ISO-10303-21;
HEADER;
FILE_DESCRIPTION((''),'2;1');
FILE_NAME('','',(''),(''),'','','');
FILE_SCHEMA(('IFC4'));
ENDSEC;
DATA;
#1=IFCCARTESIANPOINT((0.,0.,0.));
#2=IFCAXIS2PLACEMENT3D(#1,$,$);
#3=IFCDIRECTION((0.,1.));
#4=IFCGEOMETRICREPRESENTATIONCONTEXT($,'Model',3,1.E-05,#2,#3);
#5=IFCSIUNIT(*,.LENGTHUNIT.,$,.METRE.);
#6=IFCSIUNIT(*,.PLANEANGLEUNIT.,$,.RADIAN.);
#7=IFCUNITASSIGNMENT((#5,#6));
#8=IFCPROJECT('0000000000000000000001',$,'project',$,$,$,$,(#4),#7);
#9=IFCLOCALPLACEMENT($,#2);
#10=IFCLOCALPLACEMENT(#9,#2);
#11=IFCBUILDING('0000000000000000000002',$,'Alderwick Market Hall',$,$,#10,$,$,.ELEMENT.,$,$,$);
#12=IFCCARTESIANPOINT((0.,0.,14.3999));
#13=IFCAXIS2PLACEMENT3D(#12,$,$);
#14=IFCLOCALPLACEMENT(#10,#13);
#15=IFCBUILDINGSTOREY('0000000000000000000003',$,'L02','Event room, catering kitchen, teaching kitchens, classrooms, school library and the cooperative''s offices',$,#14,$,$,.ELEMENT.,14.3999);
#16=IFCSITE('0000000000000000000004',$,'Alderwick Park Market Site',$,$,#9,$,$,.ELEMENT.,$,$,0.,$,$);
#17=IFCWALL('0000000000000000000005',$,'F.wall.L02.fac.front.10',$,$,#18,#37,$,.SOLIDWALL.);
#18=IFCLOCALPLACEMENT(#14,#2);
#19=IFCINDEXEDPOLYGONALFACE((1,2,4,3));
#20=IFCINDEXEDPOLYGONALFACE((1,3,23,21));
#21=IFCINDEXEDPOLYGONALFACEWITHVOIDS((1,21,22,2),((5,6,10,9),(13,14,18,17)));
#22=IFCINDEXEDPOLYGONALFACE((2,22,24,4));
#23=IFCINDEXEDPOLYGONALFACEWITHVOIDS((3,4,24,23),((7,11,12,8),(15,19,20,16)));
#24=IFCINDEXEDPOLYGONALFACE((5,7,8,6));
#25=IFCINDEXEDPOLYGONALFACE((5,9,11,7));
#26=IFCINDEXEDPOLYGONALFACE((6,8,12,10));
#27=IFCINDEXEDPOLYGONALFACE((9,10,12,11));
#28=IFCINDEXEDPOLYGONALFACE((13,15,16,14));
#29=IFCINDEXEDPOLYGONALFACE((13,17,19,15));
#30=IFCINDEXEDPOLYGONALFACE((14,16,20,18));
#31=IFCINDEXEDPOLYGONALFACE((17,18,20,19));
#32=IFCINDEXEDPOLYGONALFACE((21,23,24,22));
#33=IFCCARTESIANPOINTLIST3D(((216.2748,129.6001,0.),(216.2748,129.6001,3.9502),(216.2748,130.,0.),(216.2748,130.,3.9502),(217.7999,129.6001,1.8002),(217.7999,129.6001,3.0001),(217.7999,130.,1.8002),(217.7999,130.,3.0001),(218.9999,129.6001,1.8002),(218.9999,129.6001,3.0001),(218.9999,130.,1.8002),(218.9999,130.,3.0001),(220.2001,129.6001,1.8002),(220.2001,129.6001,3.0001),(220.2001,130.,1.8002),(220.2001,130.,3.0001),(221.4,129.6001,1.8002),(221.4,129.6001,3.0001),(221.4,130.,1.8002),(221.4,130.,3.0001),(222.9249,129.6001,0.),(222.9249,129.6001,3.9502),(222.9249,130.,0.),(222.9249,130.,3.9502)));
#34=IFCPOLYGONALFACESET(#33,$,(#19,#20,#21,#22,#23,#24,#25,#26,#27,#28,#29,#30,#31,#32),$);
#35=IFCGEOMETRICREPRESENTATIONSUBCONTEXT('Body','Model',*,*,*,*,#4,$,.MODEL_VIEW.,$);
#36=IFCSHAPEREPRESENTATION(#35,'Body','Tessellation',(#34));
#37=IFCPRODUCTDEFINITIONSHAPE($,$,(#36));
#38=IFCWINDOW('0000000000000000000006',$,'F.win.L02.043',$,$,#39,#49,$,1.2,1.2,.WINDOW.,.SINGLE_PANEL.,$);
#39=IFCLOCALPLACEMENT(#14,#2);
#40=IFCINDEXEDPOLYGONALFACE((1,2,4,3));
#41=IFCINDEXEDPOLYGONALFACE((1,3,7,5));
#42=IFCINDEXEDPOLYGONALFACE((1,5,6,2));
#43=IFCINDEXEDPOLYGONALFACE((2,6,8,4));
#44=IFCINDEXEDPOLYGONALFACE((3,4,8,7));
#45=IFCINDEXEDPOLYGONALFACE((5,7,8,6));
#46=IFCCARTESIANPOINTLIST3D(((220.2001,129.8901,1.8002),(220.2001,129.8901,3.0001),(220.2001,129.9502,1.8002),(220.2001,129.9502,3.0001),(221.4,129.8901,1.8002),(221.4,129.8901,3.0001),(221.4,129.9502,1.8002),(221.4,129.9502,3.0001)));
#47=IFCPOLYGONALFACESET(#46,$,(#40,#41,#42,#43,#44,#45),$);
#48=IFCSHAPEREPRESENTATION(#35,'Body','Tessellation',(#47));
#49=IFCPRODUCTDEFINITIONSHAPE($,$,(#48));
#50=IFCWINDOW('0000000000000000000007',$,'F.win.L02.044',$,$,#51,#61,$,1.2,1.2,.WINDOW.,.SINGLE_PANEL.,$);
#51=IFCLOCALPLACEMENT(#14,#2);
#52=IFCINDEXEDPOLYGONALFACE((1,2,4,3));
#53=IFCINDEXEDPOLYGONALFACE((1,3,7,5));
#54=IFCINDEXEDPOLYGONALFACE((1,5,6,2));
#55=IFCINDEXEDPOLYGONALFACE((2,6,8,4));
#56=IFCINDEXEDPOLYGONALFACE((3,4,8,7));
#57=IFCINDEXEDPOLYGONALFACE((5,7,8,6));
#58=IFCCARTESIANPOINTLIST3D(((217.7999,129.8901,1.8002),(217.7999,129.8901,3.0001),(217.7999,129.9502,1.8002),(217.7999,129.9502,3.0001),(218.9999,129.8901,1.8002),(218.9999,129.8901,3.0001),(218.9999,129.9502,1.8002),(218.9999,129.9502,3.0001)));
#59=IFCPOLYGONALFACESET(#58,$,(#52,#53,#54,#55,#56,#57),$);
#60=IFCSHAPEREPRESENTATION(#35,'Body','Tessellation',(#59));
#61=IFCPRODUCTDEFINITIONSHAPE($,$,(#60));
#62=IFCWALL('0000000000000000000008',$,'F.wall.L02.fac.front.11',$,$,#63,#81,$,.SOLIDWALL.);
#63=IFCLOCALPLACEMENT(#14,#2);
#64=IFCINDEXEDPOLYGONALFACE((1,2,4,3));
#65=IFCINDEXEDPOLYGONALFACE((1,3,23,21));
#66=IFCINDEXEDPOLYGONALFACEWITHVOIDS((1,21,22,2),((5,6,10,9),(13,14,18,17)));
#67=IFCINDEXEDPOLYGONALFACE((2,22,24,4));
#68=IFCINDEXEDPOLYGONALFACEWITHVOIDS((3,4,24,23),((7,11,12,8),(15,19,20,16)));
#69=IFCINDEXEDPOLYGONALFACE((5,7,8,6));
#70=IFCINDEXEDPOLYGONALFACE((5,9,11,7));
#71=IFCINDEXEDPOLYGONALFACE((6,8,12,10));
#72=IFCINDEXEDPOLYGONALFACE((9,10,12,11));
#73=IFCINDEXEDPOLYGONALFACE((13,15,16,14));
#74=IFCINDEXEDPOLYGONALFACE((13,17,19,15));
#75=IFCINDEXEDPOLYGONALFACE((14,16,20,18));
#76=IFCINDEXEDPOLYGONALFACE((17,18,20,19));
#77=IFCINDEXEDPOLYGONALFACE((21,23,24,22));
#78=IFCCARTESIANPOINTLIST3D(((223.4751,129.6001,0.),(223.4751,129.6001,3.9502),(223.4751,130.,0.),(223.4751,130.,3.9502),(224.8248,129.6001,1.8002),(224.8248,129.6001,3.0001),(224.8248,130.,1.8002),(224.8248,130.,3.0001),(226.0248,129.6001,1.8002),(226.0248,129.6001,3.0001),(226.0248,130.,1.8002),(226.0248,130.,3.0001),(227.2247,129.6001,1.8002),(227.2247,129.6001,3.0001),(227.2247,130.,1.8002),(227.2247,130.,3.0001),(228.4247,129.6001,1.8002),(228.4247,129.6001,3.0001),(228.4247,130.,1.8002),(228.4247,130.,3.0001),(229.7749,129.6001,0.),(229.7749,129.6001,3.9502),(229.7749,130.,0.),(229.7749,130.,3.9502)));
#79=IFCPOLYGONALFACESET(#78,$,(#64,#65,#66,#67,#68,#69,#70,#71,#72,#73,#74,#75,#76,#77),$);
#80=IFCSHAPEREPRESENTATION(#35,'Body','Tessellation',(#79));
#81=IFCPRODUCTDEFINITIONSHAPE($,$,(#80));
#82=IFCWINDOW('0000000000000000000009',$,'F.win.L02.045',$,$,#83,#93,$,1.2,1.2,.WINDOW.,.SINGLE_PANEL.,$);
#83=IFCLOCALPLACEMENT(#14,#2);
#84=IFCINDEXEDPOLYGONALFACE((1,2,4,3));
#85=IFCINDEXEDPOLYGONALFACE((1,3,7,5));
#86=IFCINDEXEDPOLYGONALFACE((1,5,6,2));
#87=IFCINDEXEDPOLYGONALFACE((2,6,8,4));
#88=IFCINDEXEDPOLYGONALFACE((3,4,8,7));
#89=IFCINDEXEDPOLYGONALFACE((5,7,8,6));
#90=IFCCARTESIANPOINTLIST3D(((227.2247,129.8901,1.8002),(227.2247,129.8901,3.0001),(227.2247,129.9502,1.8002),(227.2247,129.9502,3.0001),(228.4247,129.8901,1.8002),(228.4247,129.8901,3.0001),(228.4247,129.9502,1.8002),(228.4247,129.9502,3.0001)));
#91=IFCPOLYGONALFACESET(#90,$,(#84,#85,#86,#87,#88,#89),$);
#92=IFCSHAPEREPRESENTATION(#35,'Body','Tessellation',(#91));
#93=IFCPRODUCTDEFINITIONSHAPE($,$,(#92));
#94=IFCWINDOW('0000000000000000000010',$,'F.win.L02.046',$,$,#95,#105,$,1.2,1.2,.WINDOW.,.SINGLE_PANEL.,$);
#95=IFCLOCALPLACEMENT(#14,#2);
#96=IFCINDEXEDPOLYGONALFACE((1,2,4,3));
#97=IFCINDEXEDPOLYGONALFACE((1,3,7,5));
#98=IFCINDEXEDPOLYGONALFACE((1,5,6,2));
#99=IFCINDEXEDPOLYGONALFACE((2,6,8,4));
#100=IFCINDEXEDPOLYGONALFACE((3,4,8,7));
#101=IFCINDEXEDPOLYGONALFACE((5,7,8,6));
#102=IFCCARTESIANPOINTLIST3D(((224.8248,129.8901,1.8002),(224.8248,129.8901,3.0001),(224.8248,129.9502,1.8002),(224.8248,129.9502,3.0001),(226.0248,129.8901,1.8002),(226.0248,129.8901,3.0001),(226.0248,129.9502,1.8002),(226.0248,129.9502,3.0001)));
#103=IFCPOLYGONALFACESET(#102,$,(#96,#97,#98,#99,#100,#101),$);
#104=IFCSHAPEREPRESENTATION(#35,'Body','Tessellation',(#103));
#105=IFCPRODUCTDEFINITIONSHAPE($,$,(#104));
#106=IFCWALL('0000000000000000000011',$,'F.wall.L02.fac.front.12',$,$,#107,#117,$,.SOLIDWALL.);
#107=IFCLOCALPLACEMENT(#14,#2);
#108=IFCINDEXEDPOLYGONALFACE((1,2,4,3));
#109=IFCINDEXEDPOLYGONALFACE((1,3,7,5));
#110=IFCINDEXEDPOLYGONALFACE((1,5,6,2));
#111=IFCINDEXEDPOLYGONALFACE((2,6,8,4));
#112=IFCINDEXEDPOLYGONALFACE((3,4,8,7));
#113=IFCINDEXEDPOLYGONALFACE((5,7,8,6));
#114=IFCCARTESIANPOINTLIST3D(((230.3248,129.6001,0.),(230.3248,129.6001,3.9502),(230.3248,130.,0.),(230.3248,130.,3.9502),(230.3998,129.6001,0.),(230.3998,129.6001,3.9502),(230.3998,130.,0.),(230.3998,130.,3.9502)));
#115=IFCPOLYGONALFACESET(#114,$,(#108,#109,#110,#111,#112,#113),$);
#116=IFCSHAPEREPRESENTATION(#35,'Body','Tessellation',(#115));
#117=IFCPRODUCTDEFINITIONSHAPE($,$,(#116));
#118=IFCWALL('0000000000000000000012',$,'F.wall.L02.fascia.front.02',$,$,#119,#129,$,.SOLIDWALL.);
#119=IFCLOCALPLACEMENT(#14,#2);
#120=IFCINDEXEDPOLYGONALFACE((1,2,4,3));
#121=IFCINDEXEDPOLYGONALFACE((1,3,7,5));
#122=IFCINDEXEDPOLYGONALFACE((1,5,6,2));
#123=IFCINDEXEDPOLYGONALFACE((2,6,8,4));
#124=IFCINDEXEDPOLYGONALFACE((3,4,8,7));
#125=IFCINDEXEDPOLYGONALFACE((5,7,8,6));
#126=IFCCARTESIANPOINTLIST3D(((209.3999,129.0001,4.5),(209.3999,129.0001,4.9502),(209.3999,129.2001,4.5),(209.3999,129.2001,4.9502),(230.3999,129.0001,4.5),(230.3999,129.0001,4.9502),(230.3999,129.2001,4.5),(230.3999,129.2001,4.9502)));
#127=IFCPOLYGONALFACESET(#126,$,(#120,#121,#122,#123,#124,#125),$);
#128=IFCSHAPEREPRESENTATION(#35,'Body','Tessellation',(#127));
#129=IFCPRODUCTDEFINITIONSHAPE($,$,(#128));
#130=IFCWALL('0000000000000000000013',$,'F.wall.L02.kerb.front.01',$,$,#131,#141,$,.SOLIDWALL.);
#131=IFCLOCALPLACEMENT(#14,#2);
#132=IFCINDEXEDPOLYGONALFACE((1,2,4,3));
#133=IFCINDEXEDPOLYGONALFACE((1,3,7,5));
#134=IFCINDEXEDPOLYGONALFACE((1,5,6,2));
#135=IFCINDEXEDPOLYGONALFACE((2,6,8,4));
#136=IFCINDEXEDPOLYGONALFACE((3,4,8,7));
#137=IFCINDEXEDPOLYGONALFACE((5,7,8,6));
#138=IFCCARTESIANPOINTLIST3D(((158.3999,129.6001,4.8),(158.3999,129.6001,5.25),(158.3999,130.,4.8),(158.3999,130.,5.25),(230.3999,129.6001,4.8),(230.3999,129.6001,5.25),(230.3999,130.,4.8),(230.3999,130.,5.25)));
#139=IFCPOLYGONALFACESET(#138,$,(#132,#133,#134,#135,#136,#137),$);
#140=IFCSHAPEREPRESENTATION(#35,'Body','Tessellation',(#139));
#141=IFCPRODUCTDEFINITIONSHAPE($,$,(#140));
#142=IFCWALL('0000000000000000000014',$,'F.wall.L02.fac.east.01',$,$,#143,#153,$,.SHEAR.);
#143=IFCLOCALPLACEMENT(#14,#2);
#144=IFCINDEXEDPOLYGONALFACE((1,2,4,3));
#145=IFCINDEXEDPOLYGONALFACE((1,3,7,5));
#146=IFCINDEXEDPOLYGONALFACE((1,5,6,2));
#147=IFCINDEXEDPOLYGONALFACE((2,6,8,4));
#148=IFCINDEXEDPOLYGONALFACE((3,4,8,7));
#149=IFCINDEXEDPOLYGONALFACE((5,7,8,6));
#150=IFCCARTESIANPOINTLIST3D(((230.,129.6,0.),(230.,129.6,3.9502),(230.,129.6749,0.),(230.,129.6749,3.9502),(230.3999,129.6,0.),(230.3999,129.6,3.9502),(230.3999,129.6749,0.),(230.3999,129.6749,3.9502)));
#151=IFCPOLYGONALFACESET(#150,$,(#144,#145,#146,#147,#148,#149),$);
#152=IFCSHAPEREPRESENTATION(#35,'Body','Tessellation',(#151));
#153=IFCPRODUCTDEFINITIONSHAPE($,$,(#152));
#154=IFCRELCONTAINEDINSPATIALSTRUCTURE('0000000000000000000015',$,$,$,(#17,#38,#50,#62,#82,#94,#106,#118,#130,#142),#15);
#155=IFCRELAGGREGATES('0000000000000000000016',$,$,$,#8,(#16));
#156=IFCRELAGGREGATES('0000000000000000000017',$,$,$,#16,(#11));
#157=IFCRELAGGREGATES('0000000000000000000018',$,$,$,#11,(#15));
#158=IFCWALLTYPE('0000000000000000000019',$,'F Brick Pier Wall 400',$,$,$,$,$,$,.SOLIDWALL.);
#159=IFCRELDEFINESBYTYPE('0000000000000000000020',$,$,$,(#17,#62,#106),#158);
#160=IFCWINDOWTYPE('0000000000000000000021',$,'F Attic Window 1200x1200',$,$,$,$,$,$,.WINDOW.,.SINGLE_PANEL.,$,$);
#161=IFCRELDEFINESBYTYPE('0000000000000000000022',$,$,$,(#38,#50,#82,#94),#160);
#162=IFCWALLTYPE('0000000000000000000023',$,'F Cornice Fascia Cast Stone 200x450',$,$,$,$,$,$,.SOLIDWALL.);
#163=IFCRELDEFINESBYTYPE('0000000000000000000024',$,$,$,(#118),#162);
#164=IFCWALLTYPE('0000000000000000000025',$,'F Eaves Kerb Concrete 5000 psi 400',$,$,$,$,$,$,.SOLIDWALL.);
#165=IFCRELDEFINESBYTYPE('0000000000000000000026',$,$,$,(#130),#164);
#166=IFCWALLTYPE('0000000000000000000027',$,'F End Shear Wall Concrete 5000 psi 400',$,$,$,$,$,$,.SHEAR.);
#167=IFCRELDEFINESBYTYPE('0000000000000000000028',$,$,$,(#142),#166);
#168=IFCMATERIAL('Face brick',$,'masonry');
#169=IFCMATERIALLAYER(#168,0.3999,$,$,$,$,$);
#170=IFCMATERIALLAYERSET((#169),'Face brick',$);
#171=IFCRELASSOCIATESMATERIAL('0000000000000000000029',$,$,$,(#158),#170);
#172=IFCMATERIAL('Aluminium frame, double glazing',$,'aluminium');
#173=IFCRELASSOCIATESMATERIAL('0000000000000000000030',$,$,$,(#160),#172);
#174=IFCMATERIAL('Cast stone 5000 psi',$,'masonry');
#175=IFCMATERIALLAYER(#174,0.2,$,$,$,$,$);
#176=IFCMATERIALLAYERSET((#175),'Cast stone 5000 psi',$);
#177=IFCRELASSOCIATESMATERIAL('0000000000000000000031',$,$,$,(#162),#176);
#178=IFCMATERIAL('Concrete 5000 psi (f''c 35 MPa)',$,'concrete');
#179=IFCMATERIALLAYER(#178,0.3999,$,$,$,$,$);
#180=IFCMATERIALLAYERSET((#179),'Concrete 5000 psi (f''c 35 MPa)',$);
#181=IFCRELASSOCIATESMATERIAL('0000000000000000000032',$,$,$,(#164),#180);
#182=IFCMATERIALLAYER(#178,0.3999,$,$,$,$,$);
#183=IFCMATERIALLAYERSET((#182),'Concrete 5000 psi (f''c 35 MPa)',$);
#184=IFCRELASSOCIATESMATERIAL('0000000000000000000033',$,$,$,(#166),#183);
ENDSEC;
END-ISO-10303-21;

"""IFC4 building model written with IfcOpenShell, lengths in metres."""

from ifc_helpers import new_model, si_unit, direction, frame, frame_2d, origin, place, context, subcontext, project, spatial, rectangle, extrude, material, layer, layer_set, type_object, element, fill, save


model = new_model("IFC4")

# Units and contexts
model_context = context("Model", 3, precision=1e-05, world=origin(), true_north=direction((0.0, 1.0)))
body_context = subcontext(model_context, "Body", "Model", "MODEL_VIEW")
ifc_project = project(units=[si_unit("LENGTHUNIT", "METRE"), si_unit("PLANEANGLEUNIT", "RADIAN")], contexts=[model_context])

# Site, building, storey
site_placement = place(None, origin())
site = spatial("IfcSite", under=ifc_project, at=site_placement, Name="Alderwick Park Market Site", CompositionType="ELEMENT", RefElevation=0.0)
building_placement = place(site_placement, origin())
building = spatial("IfcBuilding", under=site, at=building_placement, Name="Alderwick Market Hall", CompositionType="ELEMENT")
storey_placement = place(building_placement, frame((0.0, 0.0, 14.3999)))
storey = spatial("IfcBuildingStorey", under=building, at=storey_placement, Name="L02", Description="Event room, catering kitchen, teaching kitchens, classrooms, school library and the cooperative's offices", CompositionType="ELEMENT", Elevation=14.3999)

# Shared definitions
ifc_material_1 = material(Name="Concrete 5000 psi (f'c 35 MPa)", Category="concrete")

# Walls, openings, windows
ifc_material_2 = material(Name="Face brick", Category="masonry")
ifc_layer_1 = layer(ifc_material_2, 0.3999)
ifc_layer_set_1 = layer_set([ifc_layer_1], Name="Face brick")
wall_type_1 = type_object("IfcWallType", Name="F Brick Pier Wall 400", PredefinedType="SOLIDWALL", material=ifc_layer_set_1)
wall_1_placement = place(storey_placement, frame((222.925, 129.8, 0.0), z_axis=(0.0, 0.0, 1.0), x_axis=(-1.0, 0.0, 0.0)))
wall_1 = element("IfcWall", 1, at=wall_1_placement, inside=storey, type_object=wall_type_1, Name="F.wall.L02.fac.front.10", PredefinedType="SOLIDWALL", context=body_context, shape_type="SweptSolid", body=[
    extrude(rectangle(XDim=6.6501, YDim=0.3999, at=frame_2d((3.3252, 0.0))), origin(), (0.0, 0.0, 1.0), 3.9502),
])
opening_1_placement = place(wall_1_placement, frame((1.5249, 0.0, 1.8)))
opening_1 = element("IfcOpeningElement", 2, at=opening_1_placement, cuts=wall_1, PredefinedType="OPENING", context=body_context, shape_type="SweptSolid", body=[
    extrude(rectangle(XDim=1.2, YDim=1.2, at=frame_2d((0.6001, 0.6001))), frame((0.0, 0.21, 0.0), z_axis=(0.0, -1.0, 0.0), x_axis=(1.0, 0.0, 0.0)), (0.0, 0.0, 1.0), 0.4199),
])
opening_2_placement = place(wall_1_placement, frame((3.925, 0.0, 1.8)))
opening_2 = element("IfcOpeningElement", 3, at=opening_2_placement, cuts=wall_1, PredefinedType="OPENING", context=body_context, shape_type="SweptSolid", body=[
    extrude(rectangle(XDim=1.2, YDim=1.2, at=frame_2d((0.6001, 0.6001))), frame((0.0, 0.21, 0.0), z_axis=(0.0, -1.0, 0.0), x_axis=(1.0, 0.0, 0.0)), (0.0, 0.0, 1.0), 0.4199),
])
ifc_material_3 = material(Name="Aluminium frame, double glazing", Category="aluminium")
window_type = type_object("IfcWindowType", Name="F Attic Window 1200x1200", PartitioningType="SINGLE_PANEL", PredefinedType="WINDOW", material=ifc_material_3)
window_1_placement = place(opening_1_placement, origin())
window_1 = element("IfcWindow", 4, at=window_1_placement, inside=storey, type_object=window_type, Name="F.win.L02.043", OverallHeight=1.2, OverallWidth=1.2, PartitioningType="SINGLE_PANEL", PredefinedType="WINDOW", context=body_context, shape_type="SweptSolid", body=[
    extrude(rectangle(XDim=1.2, YDim=1.2, at=frame_2d((0.6001, 0.6001))), frame((0.0, -0.0901, 0.0), z_axis=(0.0, -1.0, 0.0), x_axis=(1.0, 0.0, 0.0)), (0.0, 0.0, 1.0), 0.0601),
])
fill(opening_1, window_1)
window_2_placement = place(opening_2_placement, origin())
window_2 = element("IfcWindow", 5, at=window_2_placement, inside=storey, type_object=window_type, Name="F.win.L02.044", OverallHeight=1.2, OverallWidth=1.2, PartitioningType="SINGLE_PANEL", PredefinedType="WINDOW", context=body_context, shape_type="SweptSolid", body=[
    extrude(rectangle(XDim=1.2, YDim=1.2, at=frame_2d((0.6001, 0.6001))), frame((0.0, -0.0901, 0.0), z_axis=(0.0, -1.0, 0.0), x_axis=(1.0, 0.0, 0.0)), (0.0, 0.0, 1.0), 0.0601),
])
fill(opening_2, window_2)
wall_2_placement = place(storey_placement, frame((229.7749, 129.8, 0.0), z_axis=(0.0, 0.0, 1.0), x_axis=(-1.0, 0.0, 0.0)))
wall_2 = element("IfcWall", 6, at=wall_2_placement, inside=storey, type_object=wall_type_1, Name="F.wall.L02.fac.front.11", PredefinedType="SOLIDWALL", context=body_context, shape_type="SweptSolid", body=[
    extrude(rectangle(XDim=6.2998, YDim=0.3999, at=frame_2d((3.1499, 0.0))), origin(), (0.0, 0.0, 1.0), 3.9502),
])
opening_3_placement = place(wall_2_placement, frame((1.3501, 0.0, 1.8)))
opening_3 = element("IfcOpeningElement", 7, at=opening_3_placement, cuts=wall_2, PredefinedType="OPENING", context=body_context, shape_type="SweptSolid", body=[
    extrude(rectangle(XDim=1.2, YDim=1.2, at=frame_2d((0.6001, 0.6001))), frame((0.0, 0.21, 0.0), z_axis=(0.0, -1.0, 0.0), x_axis=(1.0, 0.0, 0.0)), (0.0, 0.0, 1.0), 0.4199),
])
opening_4_placement = place(wall_2_placement, frame((3.75, 0.0, 1.8)))
opening_4 = element("IfcOpeningElement", 8, at=opening_4_placement, cuts=wall_2, PredefinedType="OPENING", context=body_context, shape_type="SweptSolid", body=[
    extrude(rectangle(XDim=1.2, YDim=1.2, at=frame_2d((0.6001, 0.6001))), frame((0.0, 0.21, 0.0), z_axis=(0.0, -1.0, 0.0), x_axis=(1.0, 0.0, 0.0)), (0.0, 0.0, 1.0), 0.4199),
])
window_3_placement = place(opening_3_placement, origin())
window_3 = element("IfcWindow", 9, at=window_3_placement, inside=storey, type_object=window_type, Name="F.win.L02.045", OverallHeight=1.2, OverallWidth=1.2, PartitioningType="SINGLE_PANEL", PredefinedType="WINDOW", context=body_context, shape_type="SweptSolid", body=[
    extrude(rectangle(XDim=1.2, YDim=1.2, at=frame_2d((0.6001, 0.6001))), frame((0.0, -0.0901, 0.0), z_axis=(0.0, -1.0, 0.0), x_axis=(1.0, 0.0, 0.0)), (0.0, 0.0, 1.0), 0.0601),
])
fill(opening_3, window_3)
window_4_placement = place(opening_4_placement, origin())
window_4 = element("IfcWindow", 10, at=window_4_placement, inside=storey, type_object=window_type, Name="F.win.L02.046", OverallHeight=1.2, OverallWidth=1.2, PartitioningType="SINGLE_PANEL", PredefinedType="WINDOW", context=body_context, shape_type="SweptSolid", body=[
    extrude(rectangle(XDim=1.2, YDim=1.2, at=frame_2d((0.6001, 0.6001))), frame((0.0, -0.0901, 0.0), z_axis=(0.0, -1.0, 0.0), x_axis=(1.0, 0.0, 0.0)), (0.0, 0.0, 1.0), 0.0601),
])
fill(opening_4, window_4)

# Walls
wall_3_placement = place(storey_placement, frame((230.3999, 129.8, 0.0), z_axis=(0.0, 0.0, 1.0), x_axis=(-1.0, 0.0, 0.0)))
element("IfcWall", 11, at=wall_3_placement, inside=storey, type_object=wall_type_1, Name="F.wall.L02.fac.front.12", PredefinedType="SOLIDWALL", context=body_context, shape_type="SweptSolid", body=[
    extrude(rectangle(XDim=0.075, YDim=0.3999, at=frame_2d((0.0376, 0.0))), origin(), (0.0, 0.0, 1.0), 3.9502),
])
ifc_material_4 = material(Name="Cast stone 5000 psi", Category="masonry")
ifc_layer_2 = layer(ifc_material_4, 0.2)
ifc_layer_set_2 = layer_set([ifc_layer_2], Name="Cast stone 5000 psi")
wall_type_2 = type_object("IfcWallType", Name="F Cornice Fascia Cast Stone 200x450", PredefinedType="SOLIDWALL", material=ifc_layer_set_2)
wall_4_placement = place(storey_placement, frame((230.3999, 129.1001, 4.5), z_axis=(0.0, 0.0, 1.0), x_axis=(-1.0, 0.0, 0.0)))
element("IfcWall", 12, at=wall_4_placement, inside=storey, type_object=wall_type_2, Name="F.wall.L02.fascia.front.02", PredefinedType="SOLIDWALL", context=body_context, shape_type="SweptSolid", body=[
    extrude(rectangle(XDim=21.0, YDim=0.2, at=frame_2d((10.5, 0.0))), origin(), (0.0, 0.0, 1.0), 0.4502),
])
ifc_layer_3 = layer(ifc_material_1, 0.3999)
ifc_layer_set_3 = layer_set([ifc_layer_3], Name="Concrete 5000 psi (f'c 35 MPa)")
wall_type_3 = type_object("IfcWallType", Name="F Eaves Kerb Concrete 5000 psi 400", PredefinedType="SOLIDWALL", material=ifc_layer_set_3)
wall_5_placement = place(storey_placement, frame((230.3999, 129.8, 4.8), z_axis=(0.0, 0.0, 1.0), x_axis=(-1.0, 0.0, 0.0)))
element("IfcWall", 13, at=wall_5_placement, inside=storey, type_object=wall_type_3, Name="F.wall.L02.kerb.front.01", PredefinedType="SOLIDWALL", context=body_context, shape_type="SweptSolid", body=[
    extrude(rectangle(XDim=72.0, YDim=0.3999, at=frame_2d((36.0, 0.0))), origin(), (0.0, 0.0, 1.0), 0.45),
])
ifc_layer_4 = layer(ifc_material_1, 0.3999)
ifc_layer_set_4 = layer_set([ifc_layer_4], Name="Concrete 5000 psi (f'c 35 MPa)")
wall_type_4 = type_object("IfcWallType", Name="F End Shear Wall Concrete 5000 psi 400", PredefinedType="SHEAR", material=ifc_layer_set_4)
wall_6_placement = place(storey_placement, frame((230.2, 129.675, 0.0), z_axis=(0.0, 0.0, 1.0), x_axis=(0.0, -1.0, 0.0)))
element("IfcWall", 14, at=wall_6_placement, inside=storey, type_object=wall_type_4, Name="F.wall.L02.fac.east.01", PredefinedType="SHEAR", context=body_context, shape_type="SweptSolid", body=[
    extrude(rectangle(XDim=0.075, YDim=0.3999, at=frame_2d((0.0376, 0.0))), origin(), (0.0, 0.0, 1.0), 3.9502),
])

save(model, "model.ifc")
